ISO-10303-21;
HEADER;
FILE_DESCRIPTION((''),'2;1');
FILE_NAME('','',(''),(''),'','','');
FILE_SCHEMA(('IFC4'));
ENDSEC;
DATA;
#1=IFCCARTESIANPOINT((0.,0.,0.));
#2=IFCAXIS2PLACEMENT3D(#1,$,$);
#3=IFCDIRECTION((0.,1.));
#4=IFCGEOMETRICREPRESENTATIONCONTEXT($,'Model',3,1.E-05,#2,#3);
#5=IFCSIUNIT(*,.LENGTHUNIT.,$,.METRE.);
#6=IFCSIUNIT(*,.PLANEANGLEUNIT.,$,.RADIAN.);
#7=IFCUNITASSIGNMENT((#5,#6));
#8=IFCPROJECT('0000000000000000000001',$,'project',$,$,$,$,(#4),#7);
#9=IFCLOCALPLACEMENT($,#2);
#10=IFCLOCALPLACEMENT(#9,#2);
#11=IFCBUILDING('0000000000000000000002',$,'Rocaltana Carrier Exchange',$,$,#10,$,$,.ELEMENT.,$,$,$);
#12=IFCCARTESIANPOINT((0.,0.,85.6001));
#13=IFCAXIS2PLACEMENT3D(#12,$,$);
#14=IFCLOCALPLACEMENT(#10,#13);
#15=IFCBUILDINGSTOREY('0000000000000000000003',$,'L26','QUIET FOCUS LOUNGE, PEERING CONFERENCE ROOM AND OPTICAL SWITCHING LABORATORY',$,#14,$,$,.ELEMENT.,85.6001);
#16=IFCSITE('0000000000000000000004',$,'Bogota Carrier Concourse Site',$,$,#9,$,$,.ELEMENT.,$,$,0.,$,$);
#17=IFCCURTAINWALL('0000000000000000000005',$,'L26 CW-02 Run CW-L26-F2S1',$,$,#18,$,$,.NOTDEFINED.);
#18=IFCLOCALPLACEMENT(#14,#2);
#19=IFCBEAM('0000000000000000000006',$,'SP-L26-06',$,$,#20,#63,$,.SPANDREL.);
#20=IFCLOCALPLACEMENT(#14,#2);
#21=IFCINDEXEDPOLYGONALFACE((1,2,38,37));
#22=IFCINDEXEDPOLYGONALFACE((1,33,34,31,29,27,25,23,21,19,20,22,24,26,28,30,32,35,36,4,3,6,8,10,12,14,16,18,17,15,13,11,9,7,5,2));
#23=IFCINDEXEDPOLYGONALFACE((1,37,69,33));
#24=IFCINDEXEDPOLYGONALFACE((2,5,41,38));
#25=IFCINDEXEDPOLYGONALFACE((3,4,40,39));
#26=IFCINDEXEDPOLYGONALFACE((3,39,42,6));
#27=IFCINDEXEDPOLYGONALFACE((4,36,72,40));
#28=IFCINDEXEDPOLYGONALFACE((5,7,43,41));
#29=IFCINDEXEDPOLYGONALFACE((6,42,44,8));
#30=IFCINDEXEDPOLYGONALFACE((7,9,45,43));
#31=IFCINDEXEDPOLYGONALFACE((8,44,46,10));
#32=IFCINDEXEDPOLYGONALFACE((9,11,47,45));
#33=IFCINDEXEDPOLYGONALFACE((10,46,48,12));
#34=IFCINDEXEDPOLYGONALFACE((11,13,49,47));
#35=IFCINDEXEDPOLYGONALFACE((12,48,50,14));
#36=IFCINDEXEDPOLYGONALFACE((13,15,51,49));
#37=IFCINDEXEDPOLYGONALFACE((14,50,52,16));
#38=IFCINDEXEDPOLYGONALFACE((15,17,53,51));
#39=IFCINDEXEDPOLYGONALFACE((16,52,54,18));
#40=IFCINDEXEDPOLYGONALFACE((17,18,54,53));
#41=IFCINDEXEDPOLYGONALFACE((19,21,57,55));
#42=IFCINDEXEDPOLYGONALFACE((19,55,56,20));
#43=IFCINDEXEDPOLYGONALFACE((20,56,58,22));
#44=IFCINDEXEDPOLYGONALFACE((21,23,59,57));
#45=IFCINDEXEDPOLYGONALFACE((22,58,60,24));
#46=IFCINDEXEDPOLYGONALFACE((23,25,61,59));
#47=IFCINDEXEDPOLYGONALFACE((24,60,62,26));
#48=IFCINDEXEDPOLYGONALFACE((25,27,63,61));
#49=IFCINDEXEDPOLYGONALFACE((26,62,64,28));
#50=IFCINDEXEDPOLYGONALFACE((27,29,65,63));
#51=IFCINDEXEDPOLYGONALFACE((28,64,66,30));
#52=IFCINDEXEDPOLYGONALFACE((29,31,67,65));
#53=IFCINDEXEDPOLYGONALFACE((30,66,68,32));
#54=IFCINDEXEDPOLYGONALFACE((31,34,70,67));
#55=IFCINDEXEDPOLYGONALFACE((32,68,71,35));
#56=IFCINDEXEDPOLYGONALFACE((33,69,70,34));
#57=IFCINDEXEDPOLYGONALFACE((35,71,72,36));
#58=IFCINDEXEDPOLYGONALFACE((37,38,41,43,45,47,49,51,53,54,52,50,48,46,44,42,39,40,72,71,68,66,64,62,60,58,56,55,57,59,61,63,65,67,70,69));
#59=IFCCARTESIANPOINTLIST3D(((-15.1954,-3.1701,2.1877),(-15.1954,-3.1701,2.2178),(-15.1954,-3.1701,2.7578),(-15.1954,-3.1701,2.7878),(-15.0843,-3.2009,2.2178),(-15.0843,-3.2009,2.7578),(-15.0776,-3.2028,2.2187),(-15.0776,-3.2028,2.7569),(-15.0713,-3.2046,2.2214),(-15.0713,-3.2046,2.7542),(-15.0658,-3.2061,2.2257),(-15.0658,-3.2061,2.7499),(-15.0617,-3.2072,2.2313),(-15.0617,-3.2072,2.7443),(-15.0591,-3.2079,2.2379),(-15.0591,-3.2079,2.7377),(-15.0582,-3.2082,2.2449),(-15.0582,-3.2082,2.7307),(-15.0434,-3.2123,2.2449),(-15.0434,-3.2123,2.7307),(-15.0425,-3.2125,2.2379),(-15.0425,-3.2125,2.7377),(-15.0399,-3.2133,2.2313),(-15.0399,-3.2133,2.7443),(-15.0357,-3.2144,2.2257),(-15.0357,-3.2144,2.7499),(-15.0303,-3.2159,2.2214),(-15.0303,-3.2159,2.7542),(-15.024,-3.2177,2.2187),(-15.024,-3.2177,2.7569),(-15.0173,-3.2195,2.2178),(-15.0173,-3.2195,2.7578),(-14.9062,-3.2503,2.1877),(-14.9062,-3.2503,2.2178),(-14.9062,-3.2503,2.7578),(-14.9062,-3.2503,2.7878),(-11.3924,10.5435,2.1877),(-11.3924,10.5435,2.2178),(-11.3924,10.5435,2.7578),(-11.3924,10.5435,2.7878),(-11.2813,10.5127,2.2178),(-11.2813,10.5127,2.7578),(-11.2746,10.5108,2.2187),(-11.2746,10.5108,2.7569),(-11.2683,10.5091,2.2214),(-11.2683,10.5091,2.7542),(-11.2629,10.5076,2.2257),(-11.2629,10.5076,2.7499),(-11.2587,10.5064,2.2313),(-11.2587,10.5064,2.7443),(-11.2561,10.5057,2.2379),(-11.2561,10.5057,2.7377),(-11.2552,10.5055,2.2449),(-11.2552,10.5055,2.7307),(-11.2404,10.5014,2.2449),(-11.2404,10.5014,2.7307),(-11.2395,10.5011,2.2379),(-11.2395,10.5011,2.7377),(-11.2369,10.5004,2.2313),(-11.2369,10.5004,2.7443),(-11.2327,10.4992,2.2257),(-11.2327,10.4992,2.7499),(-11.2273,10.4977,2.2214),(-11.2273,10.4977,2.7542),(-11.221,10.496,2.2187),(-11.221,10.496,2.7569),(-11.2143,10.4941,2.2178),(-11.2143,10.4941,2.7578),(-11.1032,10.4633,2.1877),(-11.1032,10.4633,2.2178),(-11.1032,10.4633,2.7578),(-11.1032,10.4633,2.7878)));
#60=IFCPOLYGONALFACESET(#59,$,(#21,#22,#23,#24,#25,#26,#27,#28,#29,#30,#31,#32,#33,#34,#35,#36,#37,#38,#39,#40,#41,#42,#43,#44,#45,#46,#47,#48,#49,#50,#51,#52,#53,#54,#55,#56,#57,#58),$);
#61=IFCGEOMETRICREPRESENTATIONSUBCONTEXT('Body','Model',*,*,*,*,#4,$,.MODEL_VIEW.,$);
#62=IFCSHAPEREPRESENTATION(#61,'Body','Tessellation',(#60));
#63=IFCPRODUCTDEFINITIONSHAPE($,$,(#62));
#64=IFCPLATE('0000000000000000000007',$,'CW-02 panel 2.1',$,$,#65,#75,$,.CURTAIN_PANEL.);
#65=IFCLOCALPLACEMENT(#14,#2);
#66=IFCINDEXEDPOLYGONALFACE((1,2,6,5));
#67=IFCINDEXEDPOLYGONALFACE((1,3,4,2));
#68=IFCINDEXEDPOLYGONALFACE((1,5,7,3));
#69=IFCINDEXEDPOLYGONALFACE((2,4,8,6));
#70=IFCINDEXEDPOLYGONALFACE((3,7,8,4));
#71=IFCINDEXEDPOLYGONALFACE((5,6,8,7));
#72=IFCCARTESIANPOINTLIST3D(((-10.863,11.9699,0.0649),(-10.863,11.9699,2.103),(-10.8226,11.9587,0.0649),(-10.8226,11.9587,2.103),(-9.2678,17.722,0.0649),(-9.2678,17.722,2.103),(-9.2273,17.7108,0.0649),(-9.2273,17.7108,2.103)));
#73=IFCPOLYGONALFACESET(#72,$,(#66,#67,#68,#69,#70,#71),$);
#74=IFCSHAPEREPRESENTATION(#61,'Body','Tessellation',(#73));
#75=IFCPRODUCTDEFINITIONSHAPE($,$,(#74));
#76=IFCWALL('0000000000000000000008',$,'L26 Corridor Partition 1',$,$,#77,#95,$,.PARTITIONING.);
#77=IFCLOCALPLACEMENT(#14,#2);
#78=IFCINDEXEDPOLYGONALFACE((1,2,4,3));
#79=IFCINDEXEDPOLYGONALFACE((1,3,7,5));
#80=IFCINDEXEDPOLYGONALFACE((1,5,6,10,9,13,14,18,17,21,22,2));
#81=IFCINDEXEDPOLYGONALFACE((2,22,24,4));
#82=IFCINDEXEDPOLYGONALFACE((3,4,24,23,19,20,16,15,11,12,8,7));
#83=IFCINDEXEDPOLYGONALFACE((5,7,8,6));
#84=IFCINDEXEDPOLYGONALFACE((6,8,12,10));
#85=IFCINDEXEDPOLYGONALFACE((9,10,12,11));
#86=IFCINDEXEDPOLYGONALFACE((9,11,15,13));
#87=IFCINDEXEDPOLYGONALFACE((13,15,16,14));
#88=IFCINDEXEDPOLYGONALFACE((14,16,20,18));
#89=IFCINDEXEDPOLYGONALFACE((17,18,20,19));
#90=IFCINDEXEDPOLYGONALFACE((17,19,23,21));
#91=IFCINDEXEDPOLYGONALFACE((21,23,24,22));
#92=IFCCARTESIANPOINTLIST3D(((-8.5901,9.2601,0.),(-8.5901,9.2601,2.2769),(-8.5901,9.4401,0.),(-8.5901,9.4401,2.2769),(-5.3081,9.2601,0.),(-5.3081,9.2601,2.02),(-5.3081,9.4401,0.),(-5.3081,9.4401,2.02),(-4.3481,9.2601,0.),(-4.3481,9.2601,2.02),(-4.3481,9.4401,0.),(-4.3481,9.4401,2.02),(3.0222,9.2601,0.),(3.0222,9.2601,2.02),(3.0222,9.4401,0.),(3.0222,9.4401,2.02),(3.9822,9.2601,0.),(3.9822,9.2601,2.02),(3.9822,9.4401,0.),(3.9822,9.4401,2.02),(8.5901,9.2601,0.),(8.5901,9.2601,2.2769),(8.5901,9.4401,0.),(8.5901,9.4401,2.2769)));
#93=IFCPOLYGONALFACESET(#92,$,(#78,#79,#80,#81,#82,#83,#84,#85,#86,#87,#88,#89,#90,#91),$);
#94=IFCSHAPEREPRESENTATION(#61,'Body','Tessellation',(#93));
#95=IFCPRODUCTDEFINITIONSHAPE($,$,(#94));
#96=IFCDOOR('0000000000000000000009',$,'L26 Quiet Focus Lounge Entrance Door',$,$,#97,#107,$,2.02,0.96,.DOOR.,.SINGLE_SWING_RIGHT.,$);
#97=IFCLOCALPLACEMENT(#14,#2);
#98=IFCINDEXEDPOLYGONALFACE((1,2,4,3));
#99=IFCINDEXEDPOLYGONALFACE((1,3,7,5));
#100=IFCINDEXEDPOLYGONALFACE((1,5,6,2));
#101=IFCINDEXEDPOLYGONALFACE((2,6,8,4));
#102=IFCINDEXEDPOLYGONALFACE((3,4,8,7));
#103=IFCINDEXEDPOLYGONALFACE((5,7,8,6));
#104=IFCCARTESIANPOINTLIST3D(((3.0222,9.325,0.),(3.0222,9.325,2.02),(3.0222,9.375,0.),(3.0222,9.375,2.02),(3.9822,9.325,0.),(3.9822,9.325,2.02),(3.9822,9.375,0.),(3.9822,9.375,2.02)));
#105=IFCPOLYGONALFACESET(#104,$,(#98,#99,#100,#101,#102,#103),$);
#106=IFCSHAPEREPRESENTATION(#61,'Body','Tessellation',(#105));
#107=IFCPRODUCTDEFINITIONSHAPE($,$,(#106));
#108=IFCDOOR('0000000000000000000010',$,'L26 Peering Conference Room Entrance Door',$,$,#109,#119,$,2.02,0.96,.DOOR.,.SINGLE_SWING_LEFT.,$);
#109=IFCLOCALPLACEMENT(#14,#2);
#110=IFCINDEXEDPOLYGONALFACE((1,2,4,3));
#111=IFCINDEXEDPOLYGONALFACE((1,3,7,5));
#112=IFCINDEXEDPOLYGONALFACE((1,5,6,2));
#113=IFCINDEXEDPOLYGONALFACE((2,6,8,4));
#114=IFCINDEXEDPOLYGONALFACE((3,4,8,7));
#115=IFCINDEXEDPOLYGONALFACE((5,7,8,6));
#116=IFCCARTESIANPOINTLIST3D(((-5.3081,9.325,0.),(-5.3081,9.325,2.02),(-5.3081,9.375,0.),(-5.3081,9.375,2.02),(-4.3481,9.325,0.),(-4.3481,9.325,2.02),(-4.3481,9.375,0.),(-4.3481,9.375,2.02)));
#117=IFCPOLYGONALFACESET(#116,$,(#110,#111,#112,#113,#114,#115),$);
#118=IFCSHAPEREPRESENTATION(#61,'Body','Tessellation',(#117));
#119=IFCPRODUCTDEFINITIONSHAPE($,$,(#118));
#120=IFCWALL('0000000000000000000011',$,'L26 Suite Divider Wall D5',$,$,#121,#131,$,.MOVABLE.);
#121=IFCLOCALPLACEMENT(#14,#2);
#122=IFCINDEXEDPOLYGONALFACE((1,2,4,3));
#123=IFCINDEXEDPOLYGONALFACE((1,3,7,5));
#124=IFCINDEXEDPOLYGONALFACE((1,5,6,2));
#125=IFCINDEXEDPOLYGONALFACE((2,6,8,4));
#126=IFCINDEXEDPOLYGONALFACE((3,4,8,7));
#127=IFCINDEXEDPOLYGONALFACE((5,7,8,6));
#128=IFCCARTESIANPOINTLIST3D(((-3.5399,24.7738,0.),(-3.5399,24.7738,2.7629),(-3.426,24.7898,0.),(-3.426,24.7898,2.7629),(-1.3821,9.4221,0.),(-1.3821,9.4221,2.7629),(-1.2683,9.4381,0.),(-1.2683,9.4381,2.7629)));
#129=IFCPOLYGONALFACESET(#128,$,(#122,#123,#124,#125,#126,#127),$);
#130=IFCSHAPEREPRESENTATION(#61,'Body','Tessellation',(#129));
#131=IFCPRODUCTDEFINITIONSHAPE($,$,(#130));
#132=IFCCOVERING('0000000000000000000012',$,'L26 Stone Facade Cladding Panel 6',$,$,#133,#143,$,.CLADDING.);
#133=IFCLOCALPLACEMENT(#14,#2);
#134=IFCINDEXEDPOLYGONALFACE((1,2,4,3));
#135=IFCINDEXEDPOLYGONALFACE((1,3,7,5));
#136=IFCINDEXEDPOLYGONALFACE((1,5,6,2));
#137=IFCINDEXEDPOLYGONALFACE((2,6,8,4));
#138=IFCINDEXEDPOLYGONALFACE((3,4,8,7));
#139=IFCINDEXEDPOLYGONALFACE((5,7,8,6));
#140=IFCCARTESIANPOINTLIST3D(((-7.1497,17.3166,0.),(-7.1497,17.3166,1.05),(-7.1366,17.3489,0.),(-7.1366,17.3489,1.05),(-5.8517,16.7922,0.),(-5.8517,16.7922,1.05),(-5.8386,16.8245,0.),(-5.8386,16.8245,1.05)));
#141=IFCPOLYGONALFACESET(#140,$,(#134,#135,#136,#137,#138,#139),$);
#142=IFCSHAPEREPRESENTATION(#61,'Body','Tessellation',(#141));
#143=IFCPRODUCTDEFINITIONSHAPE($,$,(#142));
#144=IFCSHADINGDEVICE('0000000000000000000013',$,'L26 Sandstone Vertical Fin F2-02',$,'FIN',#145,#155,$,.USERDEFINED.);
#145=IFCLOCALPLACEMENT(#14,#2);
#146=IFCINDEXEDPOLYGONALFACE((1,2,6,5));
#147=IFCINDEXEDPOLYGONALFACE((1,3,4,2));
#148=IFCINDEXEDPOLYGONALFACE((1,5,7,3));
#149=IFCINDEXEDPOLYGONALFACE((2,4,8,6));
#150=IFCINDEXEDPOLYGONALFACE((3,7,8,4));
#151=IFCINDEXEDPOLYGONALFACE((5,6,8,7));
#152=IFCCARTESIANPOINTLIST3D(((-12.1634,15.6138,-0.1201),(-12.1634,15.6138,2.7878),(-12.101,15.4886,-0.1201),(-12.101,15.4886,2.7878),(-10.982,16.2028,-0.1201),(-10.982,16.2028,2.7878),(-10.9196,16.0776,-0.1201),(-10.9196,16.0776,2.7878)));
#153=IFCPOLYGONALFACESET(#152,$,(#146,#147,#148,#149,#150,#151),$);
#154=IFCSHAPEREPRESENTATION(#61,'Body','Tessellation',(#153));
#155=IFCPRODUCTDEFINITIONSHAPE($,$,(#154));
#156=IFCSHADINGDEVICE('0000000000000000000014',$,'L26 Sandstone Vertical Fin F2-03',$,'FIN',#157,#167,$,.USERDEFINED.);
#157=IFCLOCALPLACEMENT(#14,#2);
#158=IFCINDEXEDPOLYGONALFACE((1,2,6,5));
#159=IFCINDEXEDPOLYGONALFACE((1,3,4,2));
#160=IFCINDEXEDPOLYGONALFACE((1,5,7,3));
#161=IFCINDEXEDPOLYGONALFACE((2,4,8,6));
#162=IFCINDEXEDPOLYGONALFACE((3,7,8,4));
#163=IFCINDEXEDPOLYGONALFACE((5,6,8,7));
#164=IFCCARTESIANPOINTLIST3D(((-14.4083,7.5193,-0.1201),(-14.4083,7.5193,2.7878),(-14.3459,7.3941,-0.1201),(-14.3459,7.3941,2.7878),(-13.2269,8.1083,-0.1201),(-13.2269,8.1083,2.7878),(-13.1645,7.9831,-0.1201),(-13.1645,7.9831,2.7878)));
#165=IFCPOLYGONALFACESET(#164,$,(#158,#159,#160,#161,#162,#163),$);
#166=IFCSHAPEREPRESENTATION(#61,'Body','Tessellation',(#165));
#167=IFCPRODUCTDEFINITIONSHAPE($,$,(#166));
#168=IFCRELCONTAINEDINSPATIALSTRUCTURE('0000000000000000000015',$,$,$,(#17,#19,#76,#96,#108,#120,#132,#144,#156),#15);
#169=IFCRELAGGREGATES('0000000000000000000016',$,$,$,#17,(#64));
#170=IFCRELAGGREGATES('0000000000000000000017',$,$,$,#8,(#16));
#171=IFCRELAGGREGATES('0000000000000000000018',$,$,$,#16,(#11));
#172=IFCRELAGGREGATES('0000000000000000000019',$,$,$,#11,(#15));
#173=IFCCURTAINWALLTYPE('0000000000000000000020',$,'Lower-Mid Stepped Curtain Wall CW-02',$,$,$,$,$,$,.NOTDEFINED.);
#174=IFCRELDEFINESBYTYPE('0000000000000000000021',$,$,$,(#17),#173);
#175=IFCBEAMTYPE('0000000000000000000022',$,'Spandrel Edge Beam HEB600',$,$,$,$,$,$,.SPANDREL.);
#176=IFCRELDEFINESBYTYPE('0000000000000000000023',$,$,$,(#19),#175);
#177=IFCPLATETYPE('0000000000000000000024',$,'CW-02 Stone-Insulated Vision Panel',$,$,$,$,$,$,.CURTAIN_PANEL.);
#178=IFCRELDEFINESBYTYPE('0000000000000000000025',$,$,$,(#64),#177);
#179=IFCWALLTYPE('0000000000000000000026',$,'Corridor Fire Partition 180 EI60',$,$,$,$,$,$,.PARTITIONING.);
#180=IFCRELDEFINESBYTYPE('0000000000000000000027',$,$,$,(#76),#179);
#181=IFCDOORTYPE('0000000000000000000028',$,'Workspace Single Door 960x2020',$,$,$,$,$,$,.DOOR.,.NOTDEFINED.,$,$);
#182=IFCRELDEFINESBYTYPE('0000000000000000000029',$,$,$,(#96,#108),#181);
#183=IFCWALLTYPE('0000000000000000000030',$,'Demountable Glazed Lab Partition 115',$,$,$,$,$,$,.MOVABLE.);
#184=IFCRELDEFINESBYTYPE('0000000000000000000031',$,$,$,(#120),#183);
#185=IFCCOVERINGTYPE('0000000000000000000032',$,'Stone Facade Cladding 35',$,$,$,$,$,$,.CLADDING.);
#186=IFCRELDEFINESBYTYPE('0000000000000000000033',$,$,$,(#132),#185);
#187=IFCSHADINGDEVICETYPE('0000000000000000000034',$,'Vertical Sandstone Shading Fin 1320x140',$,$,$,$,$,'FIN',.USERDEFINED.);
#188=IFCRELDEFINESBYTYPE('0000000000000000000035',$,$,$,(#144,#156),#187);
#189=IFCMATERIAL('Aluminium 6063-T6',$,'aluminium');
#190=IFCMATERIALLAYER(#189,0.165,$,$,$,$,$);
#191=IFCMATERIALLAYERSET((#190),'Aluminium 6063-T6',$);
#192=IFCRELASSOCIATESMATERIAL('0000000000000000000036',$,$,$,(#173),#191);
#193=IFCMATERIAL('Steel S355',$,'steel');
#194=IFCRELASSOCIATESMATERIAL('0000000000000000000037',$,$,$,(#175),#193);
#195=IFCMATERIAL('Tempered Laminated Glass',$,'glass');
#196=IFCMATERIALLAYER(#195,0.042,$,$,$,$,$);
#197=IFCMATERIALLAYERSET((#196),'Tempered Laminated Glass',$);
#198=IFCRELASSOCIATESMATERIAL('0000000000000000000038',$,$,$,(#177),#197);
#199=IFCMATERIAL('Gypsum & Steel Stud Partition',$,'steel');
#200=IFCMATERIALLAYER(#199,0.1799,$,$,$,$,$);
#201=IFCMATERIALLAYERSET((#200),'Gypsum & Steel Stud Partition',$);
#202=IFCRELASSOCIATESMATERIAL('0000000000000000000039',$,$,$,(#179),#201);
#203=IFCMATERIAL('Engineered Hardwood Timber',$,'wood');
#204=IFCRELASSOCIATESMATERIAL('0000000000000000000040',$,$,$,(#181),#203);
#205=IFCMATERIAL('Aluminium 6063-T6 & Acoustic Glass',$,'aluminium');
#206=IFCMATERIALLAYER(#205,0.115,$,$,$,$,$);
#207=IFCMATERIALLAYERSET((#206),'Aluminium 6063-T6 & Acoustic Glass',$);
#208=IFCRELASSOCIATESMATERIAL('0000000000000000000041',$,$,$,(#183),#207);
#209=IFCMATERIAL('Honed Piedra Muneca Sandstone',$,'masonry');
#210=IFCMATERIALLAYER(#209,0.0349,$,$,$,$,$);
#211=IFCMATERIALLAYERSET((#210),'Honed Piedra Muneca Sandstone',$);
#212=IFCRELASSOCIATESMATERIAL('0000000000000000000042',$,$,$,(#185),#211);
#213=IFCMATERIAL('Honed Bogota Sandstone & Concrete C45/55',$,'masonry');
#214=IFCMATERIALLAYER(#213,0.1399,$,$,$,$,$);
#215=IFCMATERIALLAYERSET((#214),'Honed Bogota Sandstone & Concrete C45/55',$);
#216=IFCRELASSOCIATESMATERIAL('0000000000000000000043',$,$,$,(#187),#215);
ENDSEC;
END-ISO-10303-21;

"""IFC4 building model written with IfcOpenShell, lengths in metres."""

from ifc_helpers import new_model, si_unit, direction, frame, frame_2d, origin, origin_2d, place, context, subcontext, project, spatial, rectangle, i_section, extrude, material, layer, layer_set, material_profile, profile_set, type_object, element, fill, aggregate, save


model = new_model("IFC4")

# Units and contexts
model_context = context("Model", 3, precision=1e-05, world=origin(), true_north=direction((0.0, 1.0)))
body_context = subcontext(model_context, "Body", "Model", "MODEL_VIEW")
ifc_project = project(units=[si_unit("LENGTHUNIT", "METRE"), si_unit("PLANEANGLEUNIT", "RADIAN")], contexts=[model_context])

# Site, building, storey
site_placement = place(None, origin())
site = spatial("IfcSite", under=ifc_project, at=site_placement, Name="Bogota Carrier Concourse Site", CompositionType="ELEMENT", RefElevation=0.0)
building_placement = place(site_placement, origin())
building = spatial("IfcBuilding", under=site, at=building_placement, Name="Rocaltana Carrier Exchange", CompositionType="ELEMENT")
storey_placement = place(building_placement, frame((0.0, 0.0, 85.6001)))
storey = spatial("IfcBuildingStorey", under=building, at=storey_placement, Name="L26", Description="QUIET FOCUS LOUNGE, PEERING CONFERENCE ROOM AND OPTICAL SWITCHING LABORATORY", CompositionType="ELEMENT", Elevation=85.6001)

# Curtain wall
ifc_material_1 = material(Name="Aluminium 6063-T6", Category="aluminium")
ifc_layer_1 = layer(ifc_material_1, 0.165)
ifc_layer_set_1 = layer_set([ifc_layer_1], Name="Aluminium 6063-T6")
curtain_wall_type = type_object("IfcCurtainWallType", Name="Lower-Mid Stepped Curtain Wall CW-02", PredefinedType="NOTDEFINED", material=ifc_layer_set_1)
curtain_wall_1_placement = place(storey_placement, origin())
curtain_wall_1 = element("IfcCurtainWall", 1, at=curtain_wall_1_placement, inside=storey, type_object=curtain_wall_type, Name="L26 CW-02 Run CW-L26-F2S1", PredefinedType="NOTDEFINED")

# Beam
ifc_material_2 = material(Name="Steel S355", Category="steel")
ifc_material_profile_1 = material_profile(ifc_material_2, i_section(OverallWidth=0.3, OverallDepth=0.6001, WebThickness=0.0154, FlangeThickness=0.03, FilletRadius=0.0271, at=origin_2d()), Name="HEB600")
ifc_profile_set_1 = profile_set([ifc_material_profile_1], Name="Steel S355")
beam_type_1 = type_object("IfcBeamType", Name="Spandrel Edge Beam HEB600", PredefinedType="SPANDREL", material=ifc_profile_set_1)
beam_1_placement = place(storey_placement, frame((-11.2478, 10.5034, 2.4878), z_axis=(-0.267229, -0.963633, 0.0), x_axis=(0.963633, -0.267229, 0.0)))
element("IfcBeam", 2, at=beam_1_placement, inside=storey, type_object=beam_type_1, Name="SP-L26-06", PredefinedType="SPANDREL", context=body_context, shape_type="SweptSolid", body=[
    extrude(i_section(OverallWidth=0.3, OverallDepth=0.6001, WebThickness=0.0154, FlangeThickness=0.03, FilletRadius=0.0271, at=origin_2d()), origin(), (0.0, 0.0, 1.0), 14.2312),
])

# Plate
ifc_material_3 = material(Name="Tempered Laminated Glass", Category="glass")
ifc_layer_2 = layer(ifc_material_3, 0.042)
ifc_layer_set_2 = layer_set([ifc_layer_2], Name="Tempered Laminated Glass")
plate_type = type_object("IfcPlateType", Name="CW-02 Stone-Insulated Vision Panel", PredefinedType="CURTAIN_PANEL", material=ifc_layer_set_2)
plate_placement = place(storey_placement, frame((-10.0452, 14.8403, 0.0649), z_axis=(0.0, 0.0, 1.0), x_axis=(-0.267246, -0.963628, 0.0)))
plate = element("IfcPlate", 3, at=plate_placement, type_object=plate_type, Name="CW-02 panel 2.1", PredefinedType="CURTAIN_PANEL", context=body_context, shape_type="SweptSolid", body=[
    extrude(rectangle(XDim=5.9692, YDim=0.042, at=origin_2d()), origin(), (0.0, 0.0, 1.0), 2.0381),
])
aggregate(curtain_wall_1, [plate])

# Wall, openings, doors
ifc_material_4 = material(Name="Gypsum & Steel Stud Partition", Category="steel")
ifc_layer_3 = layer(ifc_material_4, 0.1799)
ifc_layer_set_3 = layer_set([ifc_layer_3], Name="Gypsum & Steel Stud Partition")
wall_type_1 = type_object("IfcWallType", Name="Corridor Fire Partition 180 EI60", PredefinedType="PARTITIONING", material=ifc_layer_set_3)
wall_1_placement = place(storey_placement, frame((-8.5901, 9.3501, 0.0), z_axis=(0.0, 0.0, 1.0), x_axis=(1.0, 0.0, 0.0)))
wall_1 = element("IfcWall", 4, at=wall_1_placement, inside=storey, type_object=wall_type_1, Name="L26 Corridor Partition 1", PredefinedType="PARTITIONING", context=body_context, shape_type="SweptSolid", body=[
    extrude(rectangle(XDim=17.1802, YDim=0.1799, at=frame_2d((8.5901, 0.0))), origin(), (0.0, 0.0, 1.0), 2.2769),
])
opening_1_placement = place(wall_1_placement, frame((11.6123, 0.0, 0.0)))
opening_1 = element("IfcOpeningElement", 5, at=opening_1_placement, cuts=wall_1, PredefinedType="OPENING", context=body_context, shape_type="SweptSolid", body=[
    extrude(rectangle(XDim=0.96, YDim=2.02, at=frame_2d((0.48, 1.01))), frame((0.0, 0.0999, 0.0), z_axis=(0.0, -1.0, 0.0), x_axis=(1.0, 0.0, 0.0)), (0.0, 0.0, 1.0), 0.2),
])
opening_2_placement = place(wall_1_placement, frame((3.282, 0.0, 0.0)))
opening_2 = element("IfcOpeningElement", 6, at=opening_2_placement, cuts=wall_1, PredefinedType="OPENING", context=body_context, shape_type="SweptSolid", body=[
    extrude(rectangle(XDim=0.96, YDim=2.02, at=frame_2d((0.48, 1.01))), frame((0.0, 0.0999, 0.0), z_axis=(0.0, -1.0, 0.0), x_axis=(1.0, 0.0, 0.0)), (0.0, 0.0, 1.0), 0.2),
])
ifc_material_5 = material(Name="Engineered Hardwood Timber", Category="wood")
door_type = type_object("IfcDoorType", Name="Workspace Single Door 960x2020", OperationType="NOTDEFINED", PredefinedType="DOOR", material=ifc_material_5)
door_1_placement = place(opening_1_placement, origin())
door_1 = element("IfcDoor", 7, at=door_1_placement, inside=storey, type_object=door_type, Name="L26 Quiet Focus Lounge Entrance Door", OperationType="SINGLE_SWING_RIGHT", OverallHeight=2.02, OverallWidth=0.96, PredefinedType="DOOR", context=body_context, shape_type="SweptSolid", body=[
    extrude(rectangle(XDim=0.96, YDim=2.02, at=frame_2d((0.48, 1.01))), frame((0.0, 0.0249, 0.0), z_axis=(0.0, -1.0, 0.0), x_axis=(1.0, 0.0, 0.0)), (0.0, 0.0, 1.0), 0.05),
])
fill(opening_1, door_1)
door_2_placement = place(opening_2_placement, origin())
door_2 = element("IfcDoor", 8, at=door_2_placement, inside=storey, type_object=door_type, Name="L26 Peering Conference Room Entrance Door", OperationType="SINGLE_SWING_LEFT", OverallHeight=2.02, OverallWidth=0.96, PredefinedType="DOOR", context=body_context, shape_type="SweptSolid", body=[
    extrude(rectangle(XDim=0.96, YDim=2.02, at=frame_2d((0.48, 1.01))), frame((0.0, 0.0249, 0.0), z_axis=(0.0, -1.0, 0.0), x_axis=(1.0, 0.0, 0.0)), (0.0, 0.0, 1.0), 0.05),
])
fill(opening_2, door_2)

# Wall
ifc_material_6 = material(Name="Aluminium 6063-T6 & Acoustic Glass", Category="aluminium")
ifc_layer_4 = layer(ifc_material_6, 0.115)
ifc_layer_set_4 = layer_set([ifc_layer_4], Name="Aluminium 6063-T6 & Acoustic Glass")
wall_type_2 = type_object("IfcWallType", Name="Demountable Glazed Lab Partition 115", PredefinedType="MOVABLE", material=ifc_layer_set_4)
wall_2_placement = place(storey_placement, frame((-1.3252, 9.4299, 0.0), z_axis=(0.0, 0.0, 1.0), x_axis=(-0.139183, 0.990267, 0.0)))
element("IfcWall", 9, at=wall_2_placement, inside=storey, type_object=wall_type_2, Name="L26 Suite Divider Wall D5", PredefinedType="MOVABLE", context=body_context, shape_type="SweptSolid", body=[
    extrude(rectangle(XDim=15.5027, YDim=0.115, at=frame_2d((7.7515, 0.0))), origin(), (0.0, 0.0, 1.0), 2.7629),
])

# Covering
ifc_material_7 = material(Name="Honed Piedra Muneca Sandstone", Category="masonry")
ifc_layer_5 = layer(ifc_material_7, 0.0349)
ifc_layer_set_5 = layer_set([ifc_layer_5], Name="Honed Piedra Muneca Sandstone")
covering_type = type_object("IfcCoveringType", Name="Stone Facade Cladding 35", PredefinedType="CLADDING", material=ifc_layer_set_5)
covering_placement = place(storey_placement, frame((-6.4941, 17.0706, 0.0), z_axis=(0.0, 0.0, 1.0), x_axis=(-0.927184, 0.374607, 0.0)))
element("IfcCovering", 10, at=covering_placement, inside=storey, type_object=covering_type, Name="L26 Stone Facade Cladding Panel 6", PredefinedType="CLADDING", context=body_context, shape_type="SweptSolid", body=[
    extrude(rectangle(XDim=1.3999, YDim=0.0349, at=origin_2d()), origin(), (0.0, 0.0, 1.0), 1.05),
])

# Shading devices
ifc_material_8 = material(Name="Honed Bogota Sandstone & Concrete C45/55", Category="masonry")
ifc_layer_6 = layer(ifc_material_8, 0.1399)
ifc_layer_set_6 = layer_set([ifc_layer_6], Name="Honed Bogota Sandstone & Concrete C45/55")
shading_device_type = type_object("IfcShadingDeviceType", Name="Vertical Sandstone Shading Fin 1320x140", ElementType="FIN", PredefinedType="USERDEFINED", material=ifc_layer_set_6)
for number, where, z_axis, x_axis, name in (
    (11, (-11.5415, 15.8457, -0.1201), (0.0, 0.0, 1.0), (-0.894934, -0.446198, 0.0), "L26 Sandstone Vertical Fin F2-02"),
    (12, (-13.7864, 7.7512, -0.1201), (0.0, 0.0, 1.0), (-0.894934, -0.446198, 0.0), "L26 Sandstone Vertical Fin F2-03"),
):
    element("IfcShadingDevice", number, at=place(storey_placement, frame(where, z_axis=z_axis, x_axis=x_axis)), inside=storey, type_object=shading_device_type, Name=name, ObjectType="FIN", PredefinedType="USERDEFINED", context=body_context, shape_type="SweptSolid", body=[
        extrude(rectangle(XDim=1.3201, YDim=0.1399, at=origin_2d()), origin(), (0.0, 0.0, 1.0), 2.908),
    ])

save(model, "model.ifc")
